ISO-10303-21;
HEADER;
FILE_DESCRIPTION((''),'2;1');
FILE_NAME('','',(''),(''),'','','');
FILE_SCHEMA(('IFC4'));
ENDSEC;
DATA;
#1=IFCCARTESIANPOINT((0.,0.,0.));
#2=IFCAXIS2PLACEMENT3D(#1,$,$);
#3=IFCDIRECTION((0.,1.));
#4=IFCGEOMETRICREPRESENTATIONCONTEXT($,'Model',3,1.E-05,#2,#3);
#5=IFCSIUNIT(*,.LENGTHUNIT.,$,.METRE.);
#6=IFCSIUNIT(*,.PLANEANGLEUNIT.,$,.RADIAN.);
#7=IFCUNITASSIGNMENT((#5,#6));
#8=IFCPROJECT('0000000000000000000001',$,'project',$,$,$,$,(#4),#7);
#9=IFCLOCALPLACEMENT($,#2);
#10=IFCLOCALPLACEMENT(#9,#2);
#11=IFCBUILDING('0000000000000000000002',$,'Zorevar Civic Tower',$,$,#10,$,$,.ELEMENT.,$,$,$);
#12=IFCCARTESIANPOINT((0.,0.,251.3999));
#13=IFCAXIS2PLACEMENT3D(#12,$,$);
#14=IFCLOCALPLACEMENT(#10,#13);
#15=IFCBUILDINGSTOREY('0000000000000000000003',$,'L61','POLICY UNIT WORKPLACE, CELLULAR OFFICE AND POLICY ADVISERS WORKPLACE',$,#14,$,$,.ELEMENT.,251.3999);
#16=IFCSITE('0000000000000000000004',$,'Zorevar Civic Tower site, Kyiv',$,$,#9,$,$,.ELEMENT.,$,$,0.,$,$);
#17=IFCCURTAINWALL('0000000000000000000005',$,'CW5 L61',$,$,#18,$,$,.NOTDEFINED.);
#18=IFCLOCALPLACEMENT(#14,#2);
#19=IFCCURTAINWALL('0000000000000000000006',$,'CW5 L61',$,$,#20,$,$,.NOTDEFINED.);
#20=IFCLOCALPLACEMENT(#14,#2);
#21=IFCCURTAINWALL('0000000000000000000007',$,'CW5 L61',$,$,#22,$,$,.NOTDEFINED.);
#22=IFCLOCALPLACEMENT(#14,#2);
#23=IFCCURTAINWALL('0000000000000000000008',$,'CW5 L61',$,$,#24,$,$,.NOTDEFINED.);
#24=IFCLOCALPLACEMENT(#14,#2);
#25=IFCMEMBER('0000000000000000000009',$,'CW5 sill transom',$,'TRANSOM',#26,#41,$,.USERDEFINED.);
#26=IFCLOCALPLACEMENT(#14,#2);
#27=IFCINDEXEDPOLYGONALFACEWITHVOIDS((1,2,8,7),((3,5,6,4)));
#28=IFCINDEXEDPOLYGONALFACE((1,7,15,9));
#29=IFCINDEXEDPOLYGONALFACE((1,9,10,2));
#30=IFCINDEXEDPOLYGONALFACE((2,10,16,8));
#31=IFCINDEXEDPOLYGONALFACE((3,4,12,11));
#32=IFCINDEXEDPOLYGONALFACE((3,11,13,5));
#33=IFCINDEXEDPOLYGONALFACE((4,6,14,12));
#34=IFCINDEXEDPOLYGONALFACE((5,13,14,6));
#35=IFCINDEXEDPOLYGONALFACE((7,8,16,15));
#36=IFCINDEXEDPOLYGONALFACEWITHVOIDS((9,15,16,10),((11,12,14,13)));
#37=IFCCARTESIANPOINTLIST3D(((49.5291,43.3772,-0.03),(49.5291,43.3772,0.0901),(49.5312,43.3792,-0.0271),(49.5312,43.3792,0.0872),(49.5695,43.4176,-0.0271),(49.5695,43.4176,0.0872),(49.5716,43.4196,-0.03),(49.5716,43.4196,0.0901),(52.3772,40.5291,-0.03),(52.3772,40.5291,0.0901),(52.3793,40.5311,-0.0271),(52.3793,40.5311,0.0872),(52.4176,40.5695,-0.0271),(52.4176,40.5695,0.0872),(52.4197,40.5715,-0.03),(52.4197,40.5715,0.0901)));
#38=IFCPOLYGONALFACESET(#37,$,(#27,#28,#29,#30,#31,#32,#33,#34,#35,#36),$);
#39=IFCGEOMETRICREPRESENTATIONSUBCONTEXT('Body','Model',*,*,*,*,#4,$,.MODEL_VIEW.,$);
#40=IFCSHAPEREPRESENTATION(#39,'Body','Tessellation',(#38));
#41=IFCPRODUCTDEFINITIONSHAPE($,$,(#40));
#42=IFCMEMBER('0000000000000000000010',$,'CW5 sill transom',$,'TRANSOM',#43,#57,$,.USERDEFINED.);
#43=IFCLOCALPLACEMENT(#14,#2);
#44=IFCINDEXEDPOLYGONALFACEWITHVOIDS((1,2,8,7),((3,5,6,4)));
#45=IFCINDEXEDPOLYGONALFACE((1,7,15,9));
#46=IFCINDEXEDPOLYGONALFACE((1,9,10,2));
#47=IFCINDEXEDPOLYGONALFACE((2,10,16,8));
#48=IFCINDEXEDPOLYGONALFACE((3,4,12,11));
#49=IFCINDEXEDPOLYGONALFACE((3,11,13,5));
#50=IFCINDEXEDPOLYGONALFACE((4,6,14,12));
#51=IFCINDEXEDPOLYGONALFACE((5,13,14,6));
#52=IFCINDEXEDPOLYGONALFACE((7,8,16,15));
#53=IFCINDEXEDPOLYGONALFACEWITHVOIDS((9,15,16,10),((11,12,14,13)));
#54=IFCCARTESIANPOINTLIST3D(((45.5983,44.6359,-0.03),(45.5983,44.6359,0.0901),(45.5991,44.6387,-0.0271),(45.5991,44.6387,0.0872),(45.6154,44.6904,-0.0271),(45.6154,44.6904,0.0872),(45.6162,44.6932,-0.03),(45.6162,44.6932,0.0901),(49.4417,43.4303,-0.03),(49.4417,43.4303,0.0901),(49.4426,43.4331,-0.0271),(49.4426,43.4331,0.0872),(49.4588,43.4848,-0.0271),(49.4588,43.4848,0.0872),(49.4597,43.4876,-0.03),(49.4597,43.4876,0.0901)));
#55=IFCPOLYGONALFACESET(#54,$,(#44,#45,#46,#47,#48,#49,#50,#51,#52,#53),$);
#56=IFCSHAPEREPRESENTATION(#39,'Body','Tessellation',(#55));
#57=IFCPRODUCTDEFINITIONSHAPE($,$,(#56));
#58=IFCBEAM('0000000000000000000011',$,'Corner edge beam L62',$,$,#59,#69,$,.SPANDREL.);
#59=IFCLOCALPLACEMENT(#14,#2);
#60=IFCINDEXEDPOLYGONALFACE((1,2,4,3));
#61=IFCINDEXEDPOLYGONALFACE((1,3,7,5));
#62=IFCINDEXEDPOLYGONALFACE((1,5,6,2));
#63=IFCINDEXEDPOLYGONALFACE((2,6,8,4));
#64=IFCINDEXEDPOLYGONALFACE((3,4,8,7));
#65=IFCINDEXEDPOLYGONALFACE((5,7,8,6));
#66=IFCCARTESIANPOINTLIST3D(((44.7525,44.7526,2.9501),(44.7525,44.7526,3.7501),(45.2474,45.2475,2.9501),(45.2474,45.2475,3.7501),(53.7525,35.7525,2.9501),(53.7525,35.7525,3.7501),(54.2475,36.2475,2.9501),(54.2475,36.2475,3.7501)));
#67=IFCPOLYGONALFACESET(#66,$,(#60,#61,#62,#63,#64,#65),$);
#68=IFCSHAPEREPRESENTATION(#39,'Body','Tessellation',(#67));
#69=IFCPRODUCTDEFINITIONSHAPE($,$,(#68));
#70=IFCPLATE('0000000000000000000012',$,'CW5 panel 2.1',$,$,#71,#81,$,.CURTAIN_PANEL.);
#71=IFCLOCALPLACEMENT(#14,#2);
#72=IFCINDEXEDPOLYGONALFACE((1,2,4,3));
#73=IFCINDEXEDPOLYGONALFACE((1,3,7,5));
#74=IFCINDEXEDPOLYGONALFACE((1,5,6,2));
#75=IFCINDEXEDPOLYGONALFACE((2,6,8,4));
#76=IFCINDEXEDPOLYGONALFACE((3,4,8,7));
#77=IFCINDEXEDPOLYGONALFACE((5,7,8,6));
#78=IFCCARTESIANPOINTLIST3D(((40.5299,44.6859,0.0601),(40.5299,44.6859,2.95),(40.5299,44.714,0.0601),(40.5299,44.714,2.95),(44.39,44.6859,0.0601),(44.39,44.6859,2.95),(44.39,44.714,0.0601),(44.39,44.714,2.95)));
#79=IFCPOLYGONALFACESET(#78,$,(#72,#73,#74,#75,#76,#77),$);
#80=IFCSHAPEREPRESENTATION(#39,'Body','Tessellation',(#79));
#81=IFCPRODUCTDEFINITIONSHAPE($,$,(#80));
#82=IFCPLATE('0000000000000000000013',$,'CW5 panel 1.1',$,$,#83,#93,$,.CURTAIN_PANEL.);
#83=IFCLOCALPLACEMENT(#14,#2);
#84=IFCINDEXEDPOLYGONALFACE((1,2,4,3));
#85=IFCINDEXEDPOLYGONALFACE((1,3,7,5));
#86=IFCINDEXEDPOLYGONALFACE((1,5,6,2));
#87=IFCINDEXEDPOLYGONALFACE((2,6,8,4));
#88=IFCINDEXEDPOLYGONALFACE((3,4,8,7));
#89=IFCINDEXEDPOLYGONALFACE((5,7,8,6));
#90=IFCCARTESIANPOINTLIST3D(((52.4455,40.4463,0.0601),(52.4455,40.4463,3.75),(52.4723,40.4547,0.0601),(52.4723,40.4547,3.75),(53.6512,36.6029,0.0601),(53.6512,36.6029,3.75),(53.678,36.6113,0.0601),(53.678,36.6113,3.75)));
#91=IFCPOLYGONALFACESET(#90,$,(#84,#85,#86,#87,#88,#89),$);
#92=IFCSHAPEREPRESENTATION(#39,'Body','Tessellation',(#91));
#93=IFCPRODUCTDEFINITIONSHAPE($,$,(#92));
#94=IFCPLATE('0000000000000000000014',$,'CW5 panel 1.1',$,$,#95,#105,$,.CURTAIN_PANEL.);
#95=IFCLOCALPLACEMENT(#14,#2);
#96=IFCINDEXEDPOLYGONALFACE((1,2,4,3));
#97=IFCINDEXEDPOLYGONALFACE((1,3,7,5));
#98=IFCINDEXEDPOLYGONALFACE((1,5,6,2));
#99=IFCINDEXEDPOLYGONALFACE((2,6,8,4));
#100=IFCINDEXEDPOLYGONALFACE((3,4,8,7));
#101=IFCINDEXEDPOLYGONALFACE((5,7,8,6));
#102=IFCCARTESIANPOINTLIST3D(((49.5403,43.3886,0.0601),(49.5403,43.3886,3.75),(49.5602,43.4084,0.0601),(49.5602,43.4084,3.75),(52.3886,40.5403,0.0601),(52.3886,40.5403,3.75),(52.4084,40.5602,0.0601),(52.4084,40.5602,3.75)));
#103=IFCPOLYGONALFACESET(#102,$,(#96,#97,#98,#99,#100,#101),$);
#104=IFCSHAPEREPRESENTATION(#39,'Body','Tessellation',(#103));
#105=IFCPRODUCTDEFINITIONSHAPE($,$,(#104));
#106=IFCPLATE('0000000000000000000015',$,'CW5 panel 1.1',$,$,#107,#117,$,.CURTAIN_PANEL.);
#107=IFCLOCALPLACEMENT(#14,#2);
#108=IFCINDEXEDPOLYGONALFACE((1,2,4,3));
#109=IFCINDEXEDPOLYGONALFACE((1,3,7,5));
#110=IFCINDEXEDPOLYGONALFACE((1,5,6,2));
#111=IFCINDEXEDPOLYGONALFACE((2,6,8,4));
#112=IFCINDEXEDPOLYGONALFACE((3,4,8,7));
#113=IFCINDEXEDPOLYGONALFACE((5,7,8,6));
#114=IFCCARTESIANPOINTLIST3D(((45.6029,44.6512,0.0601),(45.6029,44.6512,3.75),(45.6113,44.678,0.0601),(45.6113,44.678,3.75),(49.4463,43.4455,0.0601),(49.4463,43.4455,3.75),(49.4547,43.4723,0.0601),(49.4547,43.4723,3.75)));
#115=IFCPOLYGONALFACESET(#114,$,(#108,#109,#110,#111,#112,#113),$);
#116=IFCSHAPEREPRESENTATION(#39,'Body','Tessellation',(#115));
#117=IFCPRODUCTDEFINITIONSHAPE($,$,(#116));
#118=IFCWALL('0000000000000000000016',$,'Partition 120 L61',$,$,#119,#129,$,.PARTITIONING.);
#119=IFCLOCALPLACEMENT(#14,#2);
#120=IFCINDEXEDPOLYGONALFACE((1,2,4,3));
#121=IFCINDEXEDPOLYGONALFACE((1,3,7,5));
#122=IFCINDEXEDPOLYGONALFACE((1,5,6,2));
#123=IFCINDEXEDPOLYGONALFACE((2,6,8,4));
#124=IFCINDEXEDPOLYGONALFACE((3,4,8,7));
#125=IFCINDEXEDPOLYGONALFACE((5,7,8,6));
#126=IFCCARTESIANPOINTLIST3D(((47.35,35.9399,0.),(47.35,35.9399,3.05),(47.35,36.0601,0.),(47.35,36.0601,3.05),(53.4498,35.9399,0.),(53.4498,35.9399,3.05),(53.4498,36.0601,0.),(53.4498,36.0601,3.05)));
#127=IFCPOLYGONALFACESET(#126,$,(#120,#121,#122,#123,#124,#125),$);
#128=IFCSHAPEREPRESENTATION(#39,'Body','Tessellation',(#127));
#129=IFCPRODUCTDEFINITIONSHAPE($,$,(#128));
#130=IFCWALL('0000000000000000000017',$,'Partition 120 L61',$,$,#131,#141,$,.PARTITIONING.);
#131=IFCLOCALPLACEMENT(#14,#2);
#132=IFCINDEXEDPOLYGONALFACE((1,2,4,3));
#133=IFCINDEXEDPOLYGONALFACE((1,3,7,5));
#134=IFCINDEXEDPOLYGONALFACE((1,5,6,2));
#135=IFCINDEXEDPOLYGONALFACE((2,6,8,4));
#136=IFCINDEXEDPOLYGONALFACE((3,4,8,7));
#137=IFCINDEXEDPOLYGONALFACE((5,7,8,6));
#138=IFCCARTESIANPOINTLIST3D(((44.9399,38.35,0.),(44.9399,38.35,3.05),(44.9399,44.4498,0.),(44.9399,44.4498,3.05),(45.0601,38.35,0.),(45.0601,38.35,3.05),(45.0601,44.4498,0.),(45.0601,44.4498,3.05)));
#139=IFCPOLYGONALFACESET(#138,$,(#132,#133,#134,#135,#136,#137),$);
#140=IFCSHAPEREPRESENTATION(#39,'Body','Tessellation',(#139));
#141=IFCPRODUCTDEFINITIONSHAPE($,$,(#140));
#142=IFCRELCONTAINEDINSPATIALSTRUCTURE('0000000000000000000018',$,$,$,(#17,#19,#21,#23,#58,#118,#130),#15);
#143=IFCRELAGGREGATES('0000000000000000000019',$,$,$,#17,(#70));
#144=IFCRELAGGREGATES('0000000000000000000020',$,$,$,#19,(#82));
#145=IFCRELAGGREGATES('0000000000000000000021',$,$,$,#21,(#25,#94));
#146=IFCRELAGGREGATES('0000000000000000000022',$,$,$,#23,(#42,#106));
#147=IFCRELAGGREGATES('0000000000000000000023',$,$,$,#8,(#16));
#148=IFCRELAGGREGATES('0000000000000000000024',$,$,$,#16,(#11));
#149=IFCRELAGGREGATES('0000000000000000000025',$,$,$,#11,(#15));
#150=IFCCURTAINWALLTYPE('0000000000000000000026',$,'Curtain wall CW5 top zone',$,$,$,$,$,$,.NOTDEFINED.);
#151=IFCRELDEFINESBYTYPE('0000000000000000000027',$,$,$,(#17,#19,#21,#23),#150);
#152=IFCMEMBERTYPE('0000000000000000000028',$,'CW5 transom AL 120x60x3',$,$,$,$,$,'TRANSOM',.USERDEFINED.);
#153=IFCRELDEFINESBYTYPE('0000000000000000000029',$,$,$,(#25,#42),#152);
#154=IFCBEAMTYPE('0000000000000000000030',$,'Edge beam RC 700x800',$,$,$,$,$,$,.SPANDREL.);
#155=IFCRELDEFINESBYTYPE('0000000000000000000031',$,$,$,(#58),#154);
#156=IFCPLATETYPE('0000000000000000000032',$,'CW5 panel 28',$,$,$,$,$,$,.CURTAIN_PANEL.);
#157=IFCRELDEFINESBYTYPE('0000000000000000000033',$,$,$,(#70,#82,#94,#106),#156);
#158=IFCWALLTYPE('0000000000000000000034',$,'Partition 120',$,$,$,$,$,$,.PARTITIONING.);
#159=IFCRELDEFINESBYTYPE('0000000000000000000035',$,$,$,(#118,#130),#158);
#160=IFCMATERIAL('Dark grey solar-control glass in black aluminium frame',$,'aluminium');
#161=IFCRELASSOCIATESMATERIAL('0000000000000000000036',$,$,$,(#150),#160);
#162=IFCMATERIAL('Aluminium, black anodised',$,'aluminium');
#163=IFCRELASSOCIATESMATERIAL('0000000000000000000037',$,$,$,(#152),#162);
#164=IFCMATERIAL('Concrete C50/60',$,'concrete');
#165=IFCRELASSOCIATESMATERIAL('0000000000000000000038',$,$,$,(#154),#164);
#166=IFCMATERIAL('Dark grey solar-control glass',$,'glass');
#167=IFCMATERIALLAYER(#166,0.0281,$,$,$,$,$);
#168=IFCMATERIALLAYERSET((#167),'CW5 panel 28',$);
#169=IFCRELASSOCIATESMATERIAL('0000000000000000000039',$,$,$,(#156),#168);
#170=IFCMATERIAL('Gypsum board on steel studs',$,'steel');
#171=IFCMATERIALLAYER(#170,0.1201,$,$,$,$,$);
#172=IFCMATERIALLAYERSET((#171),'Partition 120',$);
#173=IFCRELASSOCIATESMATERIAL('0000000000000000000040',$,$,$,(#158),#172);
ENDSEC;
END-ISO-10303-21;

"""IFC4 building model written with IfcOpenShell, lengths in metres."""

from ifc_helpers import new_model, si_unit, direction, frame, frame_2d, origin, origin_2d, place, context, subcontext, project, spatial, rectangle, hollow_rectangle, extrude, material, layer, layer_set, material_profile, profile_set, type_object, element, aggregate, save


model = new_model("IFC4")

# Units and contexts
model_context = context("Model", 3, precision=1e-05, world=origin(), true_north=direction((0.0, 1.0)))
body_context = subcontext(model_context, "Body", "Model", "MODEL_VIEW")
ifc_project = project(units=[si_unit("LENGTHUNIT", "METRE"), si_unit("PLANEANGLEUNIT", "RADIAN")], contexts=[model_context])

# Site, building, storey
site_placement = place(None, origin())
site = spatial("IfcSite", under=ifc_project, at=site_placement, Name="Zorevar Civic Tower site, Kyiv", CompositionType="ELEMENT", RefElevation=0.0)
building_placement = place(site_placement, origin())
building = spatial("IfcBuilding", under=site, at=building_placement, Name="Zorevar Civic Tower", CompositionType="ELEMENT")
storey_placement = place(building_placement, frame((0.0, 0.0, 251.3999)))
storey = spatial("IfcBuildingStorey", under=building, at=storey_placement, Name="L61", Description="POLICY UNIT WORKPLACE, CELLULAR OFFICE AND POLICY ADVISERS WORKPLACE", CompositionType="ELEMENT", Elevation=251.3999)

# Curtain wall
ifc_material_1 = material(Name="Dark grey solar-control glass in black aluminium frame", Category="aluminium")
curtain_wall_type = type_object("IfcCurtainWallType", Name="Curtain wall CW5 top zone", PredefinedType="NOTDEFINED", material=ifc_material_1)
curtain_wall_1_placement = place(storey_placement, origin())
curtain_wall_1 = element("IfcCurtainWall", 1, at=curtain_wall_1_placement, inside=storey, type_object=curtain_wall_type, Name="CW5 L61", PredefinedType="NOTDEFINED")

# Curtain walls
curtain_wall_2_placement = place(storey_placement, origin())
curtain_wall_2 = element("IfcCurtainWall", 2, at=curtain_wall_2_placement, inside=storey, type_object=curtain_wall_type, Name="CW5 L61", PredefinedType="NOTDEFINED")
curtain_wall_3_placement = place(storey_placement, origin())
curtain_wall_3 = element("IfcCurtainWall", 3, at=curtain_wall_3_placement, inside=storey, type_object=curtain_wall_type, Name="CW5 L61", PredefinedType="NOTDEFINED")
curtain_wall_4_placement = place(storey_placement, origin())
curtain_wall_4 = element("IfcCurtainWall", 4, at=curtain_wall_4_placement, inside=storey, type_object=curtain_wall_type, Name="CW5 L61", PredefinedType="NOTDEFINED")

# Members
ifc_material_2 = material(Name="Aluminium, black anodised", Category="aluminium")
ifc_material_profile_1 = material_profile(ifc_material_2, hollow_rectangle(XDim=0.0601, YDim=0.1201, WallThickness=0.0029, at=origin_2d()), Name="AL 120x60x3")
ifc_profile_set_1 = profile_set([ifc_material_profile_1], Name="Aluminium, black anodised")
member_type_1 = type_object("IfcMemberType", Name="CW5 transom AL 120x60x3", ElementType="TRANSOM", PredefinedType="USERDEFINED", material=ifc_profile_set_1)
member_1_placement = place(storey_placement, frame((52.3984, 40.5503, 0.03), z_axis=(-0.707107, 0.707107, 0.0), x_axis=(-0.707107, -0.707107, 0.0)))
member_1 = element("IfcMember", 5, at=member_1_placement, type_object=member_type_1, Name="CW5 sill transom", ObjectType="TRANSOM", PredefinedType="USERDEFINED", context=body_context, shape_type="SweptSolid", body=[
    extrude(hollow_rectangle(XDim=0.0601, YDim=0.1201, WallThickness=0.0029, at=origin_2d()), origin(), (0.0, 0.0, 1.0), 4.0278),
])
member_2_placement = place(storey_placement, frame((49.4507, 43.459, 0.03), z_axis=(-0.954163, 0.299286, 0.0), x_axis=(-0.299286, -0.954163, 0.0)))
member_2 = element("IfcMember", 6, at=member_2_placement, type_object=member_type_1, Name="CW5 sill transom", ObjectType="TRANSOM", PredefinedType="USERDEFINED", context=body_context, shape_type="SweptSolid", body=[
    extrude(hollow_rectangle(XDim=0.0601, YDim=0.1201, WallThickness=0.0029, at=origin_2d()), origin(), (0.0, 0.0, 1.0), 4.0281),
])

# Beam
ifc_material_3 = material(Name="Concrete C50/60", Category="concrete")
ifc_material_profile_2 = material_profile(ifc_material_3, rectangle(XDim=0.7, YDim=0.8, at=origin_2d()), Name="RC 700x800")
ifc_profile_set_2 = profile_set([ifc_material_profile_2], Name="Concrete C50/60")
beam_type_1 = type_object("IfcBeamType", Name="Edge beam RC 700x800", PredefinedType="SPANDREL", material=ifc_profile_set_2)
beam_1_placement = place(storey_placement, frame((54.0, 36.0, 3.3501), z_axis=(-0.707107, 0.707107, 0.0), x_axis=(-0.707107, -0.707107, 0.0)))
element("IfcBeam", 7, at=beam_1_placement, inside=storey, type_object=beam_type_1, Name="Corner edge beam L62", PredefinedType="SPANDREL", context=body_context, shape_type="SweptSolid", body=[
    extrude(rectangle(XDim=0.7, YDim=0.8, at=origin_2d()), origin(), (0.0, 0.0, 1.0), 12.728),
])

# Plates
ifc_material_4 = material(Name="Dark grey solar-control glass", Category="glass")
ifc_layer_1 = layer(ifc_material_4, 0.0281)
ifc_layer_set_1 = layer_set([ifc_layer_1], Name="CW5 panel 28")
plate_type = type_object("IfcPlateType", Name="CW5 panel 28", PredefinedType="CURTAIN_PANEL", material=ifc_layer_set_1)
plate_1_placement = place(storey_placement, frame((42.46, 44.7, 0.0601), z_axis=(0.0, 0.0, 1.0), x_axis=(1.0, 0.0, 0.0)))
plate_1 = element("IfcPlate", 8, at=plate_1_placement, type_object=plate_type, Name="CW5 panel 2.1", PredefinedType="CURTAIN_PANEL", context=body_context, shape_type="SweptSolid", body=[
    extrude(rectangle(XDim=3.8601, YDim=0.0281, at=origin_2d()), origin(), (0.0, 0.0, 1.0), 2.8899),
])
aggregate(curtain_wall_1, [plate_1])
plate_2_placement = place(storey_placement, frame((53.0618, 38.5288, 0.0601), z_axis=(0.0, 0.0, 1.0), x_axis=(-0.299318, 0.954153, 0.0)))
plate_2 = element("IfcPlate", 9, at=plate_2_placement, type_object=plate_type, Name="CW5 panel 1.1", PredefinedType="CURTAIN_PANEL", context=body_context, shape_type="SweptSolid", body=[
    extrude(rectangle(XDim=4.0281, YDim=0.0281, at=origin_2d()), origin(), (0.0, 0.0, 1.0), 3.6899),
])
aggregate(curtain_wall_2, [plate_2])
plate_3_placement = place(storey_placement, frame((50.9744, 41.9744, 0.0601), z_axis=(0.0, 0.0, 1.0), x_axis=(-0.707107, 0.707107, 0.0)))
plate_3 = element("IfcPlate", 10, at=plate_3_placement, type_object=plate_type, Name="CW5 panel 1.1", PredefinedType="CURTAIN_PANEL", context=body_context, shape_type="SweptSolid", body=[
    extrude(rectangle(XDim=4.0281, YDim=0.0281, at=origin_2d()), origin(), (0.0, 0.0, 1.0), 3.6899),
])
aggregate(curtain_wall_3, [member_1, plate_3])
plate_4_placement = place(storey_placement, frame((47.5288, 44.0618, 0.0601), z_axis=(0.0, 0.0, 1.0), x_axis=(-0.954153, 0.299318, 0.0)))
plate_4 = element("IfcPlate", 11, at=plate_4_placement, type_object=plate_type, Name="CW5 panel 1.1", PredefinedType="CURTAIN_PANEL", context=body_context, shape_type="SweptSolid", body=[
    extrude(rectangle(XDim=4.0281, YDim=0.0281, at=origin_2d()), origin(), (0.0, 0.0, 1.0), 3.6899),
])
aggregate(curtain_wall_4, [member_2, plate_4])

# Walls
ifc_material_5 = material(Name="Gypsum board on steel studs", Category="steel")
ifc_layer_2 = layer(ifc_material_5, 0.1201)
ifc_layer_set_2 = layer_set([ifc_layer_2], Name="Partition 120")
wall_type = type_object("IfcWallType", Name="Partition 120", PredefinedType="PARTITIONING", material=ifc_layer_set_2)
for number, where, z_axis, x_axis, name in (
    (12, (47.3501, 36.0, 0.0), (0.0, 0.0, 1.0), (1.0, 0.0, 0.0), "Partition 120 L61"),
    (13, (45.0, 38.3501, 0.0), (0.0, 0.0, 1.0), (0.0, 1.0, 0.0), "Partition 120 L61"),
):
    element("IfcWall", number, at=place(storey_placement, frame(where, z_axis=z_axis, x_axis=x_axis)), inside=storey, type_object=wall_type, Name=name, PredefinedType="PARTITIONING", context=body_context, shape_type="SweptSolid", body=[
        extrude(rectangle(XDim=6.0999, YDim=0.1201, at=frame_2d((3.0498, 0.0))), origin(), (0.0, 0.0, 1.0), 3.05),
    ])

save(model, "model.ifc")
